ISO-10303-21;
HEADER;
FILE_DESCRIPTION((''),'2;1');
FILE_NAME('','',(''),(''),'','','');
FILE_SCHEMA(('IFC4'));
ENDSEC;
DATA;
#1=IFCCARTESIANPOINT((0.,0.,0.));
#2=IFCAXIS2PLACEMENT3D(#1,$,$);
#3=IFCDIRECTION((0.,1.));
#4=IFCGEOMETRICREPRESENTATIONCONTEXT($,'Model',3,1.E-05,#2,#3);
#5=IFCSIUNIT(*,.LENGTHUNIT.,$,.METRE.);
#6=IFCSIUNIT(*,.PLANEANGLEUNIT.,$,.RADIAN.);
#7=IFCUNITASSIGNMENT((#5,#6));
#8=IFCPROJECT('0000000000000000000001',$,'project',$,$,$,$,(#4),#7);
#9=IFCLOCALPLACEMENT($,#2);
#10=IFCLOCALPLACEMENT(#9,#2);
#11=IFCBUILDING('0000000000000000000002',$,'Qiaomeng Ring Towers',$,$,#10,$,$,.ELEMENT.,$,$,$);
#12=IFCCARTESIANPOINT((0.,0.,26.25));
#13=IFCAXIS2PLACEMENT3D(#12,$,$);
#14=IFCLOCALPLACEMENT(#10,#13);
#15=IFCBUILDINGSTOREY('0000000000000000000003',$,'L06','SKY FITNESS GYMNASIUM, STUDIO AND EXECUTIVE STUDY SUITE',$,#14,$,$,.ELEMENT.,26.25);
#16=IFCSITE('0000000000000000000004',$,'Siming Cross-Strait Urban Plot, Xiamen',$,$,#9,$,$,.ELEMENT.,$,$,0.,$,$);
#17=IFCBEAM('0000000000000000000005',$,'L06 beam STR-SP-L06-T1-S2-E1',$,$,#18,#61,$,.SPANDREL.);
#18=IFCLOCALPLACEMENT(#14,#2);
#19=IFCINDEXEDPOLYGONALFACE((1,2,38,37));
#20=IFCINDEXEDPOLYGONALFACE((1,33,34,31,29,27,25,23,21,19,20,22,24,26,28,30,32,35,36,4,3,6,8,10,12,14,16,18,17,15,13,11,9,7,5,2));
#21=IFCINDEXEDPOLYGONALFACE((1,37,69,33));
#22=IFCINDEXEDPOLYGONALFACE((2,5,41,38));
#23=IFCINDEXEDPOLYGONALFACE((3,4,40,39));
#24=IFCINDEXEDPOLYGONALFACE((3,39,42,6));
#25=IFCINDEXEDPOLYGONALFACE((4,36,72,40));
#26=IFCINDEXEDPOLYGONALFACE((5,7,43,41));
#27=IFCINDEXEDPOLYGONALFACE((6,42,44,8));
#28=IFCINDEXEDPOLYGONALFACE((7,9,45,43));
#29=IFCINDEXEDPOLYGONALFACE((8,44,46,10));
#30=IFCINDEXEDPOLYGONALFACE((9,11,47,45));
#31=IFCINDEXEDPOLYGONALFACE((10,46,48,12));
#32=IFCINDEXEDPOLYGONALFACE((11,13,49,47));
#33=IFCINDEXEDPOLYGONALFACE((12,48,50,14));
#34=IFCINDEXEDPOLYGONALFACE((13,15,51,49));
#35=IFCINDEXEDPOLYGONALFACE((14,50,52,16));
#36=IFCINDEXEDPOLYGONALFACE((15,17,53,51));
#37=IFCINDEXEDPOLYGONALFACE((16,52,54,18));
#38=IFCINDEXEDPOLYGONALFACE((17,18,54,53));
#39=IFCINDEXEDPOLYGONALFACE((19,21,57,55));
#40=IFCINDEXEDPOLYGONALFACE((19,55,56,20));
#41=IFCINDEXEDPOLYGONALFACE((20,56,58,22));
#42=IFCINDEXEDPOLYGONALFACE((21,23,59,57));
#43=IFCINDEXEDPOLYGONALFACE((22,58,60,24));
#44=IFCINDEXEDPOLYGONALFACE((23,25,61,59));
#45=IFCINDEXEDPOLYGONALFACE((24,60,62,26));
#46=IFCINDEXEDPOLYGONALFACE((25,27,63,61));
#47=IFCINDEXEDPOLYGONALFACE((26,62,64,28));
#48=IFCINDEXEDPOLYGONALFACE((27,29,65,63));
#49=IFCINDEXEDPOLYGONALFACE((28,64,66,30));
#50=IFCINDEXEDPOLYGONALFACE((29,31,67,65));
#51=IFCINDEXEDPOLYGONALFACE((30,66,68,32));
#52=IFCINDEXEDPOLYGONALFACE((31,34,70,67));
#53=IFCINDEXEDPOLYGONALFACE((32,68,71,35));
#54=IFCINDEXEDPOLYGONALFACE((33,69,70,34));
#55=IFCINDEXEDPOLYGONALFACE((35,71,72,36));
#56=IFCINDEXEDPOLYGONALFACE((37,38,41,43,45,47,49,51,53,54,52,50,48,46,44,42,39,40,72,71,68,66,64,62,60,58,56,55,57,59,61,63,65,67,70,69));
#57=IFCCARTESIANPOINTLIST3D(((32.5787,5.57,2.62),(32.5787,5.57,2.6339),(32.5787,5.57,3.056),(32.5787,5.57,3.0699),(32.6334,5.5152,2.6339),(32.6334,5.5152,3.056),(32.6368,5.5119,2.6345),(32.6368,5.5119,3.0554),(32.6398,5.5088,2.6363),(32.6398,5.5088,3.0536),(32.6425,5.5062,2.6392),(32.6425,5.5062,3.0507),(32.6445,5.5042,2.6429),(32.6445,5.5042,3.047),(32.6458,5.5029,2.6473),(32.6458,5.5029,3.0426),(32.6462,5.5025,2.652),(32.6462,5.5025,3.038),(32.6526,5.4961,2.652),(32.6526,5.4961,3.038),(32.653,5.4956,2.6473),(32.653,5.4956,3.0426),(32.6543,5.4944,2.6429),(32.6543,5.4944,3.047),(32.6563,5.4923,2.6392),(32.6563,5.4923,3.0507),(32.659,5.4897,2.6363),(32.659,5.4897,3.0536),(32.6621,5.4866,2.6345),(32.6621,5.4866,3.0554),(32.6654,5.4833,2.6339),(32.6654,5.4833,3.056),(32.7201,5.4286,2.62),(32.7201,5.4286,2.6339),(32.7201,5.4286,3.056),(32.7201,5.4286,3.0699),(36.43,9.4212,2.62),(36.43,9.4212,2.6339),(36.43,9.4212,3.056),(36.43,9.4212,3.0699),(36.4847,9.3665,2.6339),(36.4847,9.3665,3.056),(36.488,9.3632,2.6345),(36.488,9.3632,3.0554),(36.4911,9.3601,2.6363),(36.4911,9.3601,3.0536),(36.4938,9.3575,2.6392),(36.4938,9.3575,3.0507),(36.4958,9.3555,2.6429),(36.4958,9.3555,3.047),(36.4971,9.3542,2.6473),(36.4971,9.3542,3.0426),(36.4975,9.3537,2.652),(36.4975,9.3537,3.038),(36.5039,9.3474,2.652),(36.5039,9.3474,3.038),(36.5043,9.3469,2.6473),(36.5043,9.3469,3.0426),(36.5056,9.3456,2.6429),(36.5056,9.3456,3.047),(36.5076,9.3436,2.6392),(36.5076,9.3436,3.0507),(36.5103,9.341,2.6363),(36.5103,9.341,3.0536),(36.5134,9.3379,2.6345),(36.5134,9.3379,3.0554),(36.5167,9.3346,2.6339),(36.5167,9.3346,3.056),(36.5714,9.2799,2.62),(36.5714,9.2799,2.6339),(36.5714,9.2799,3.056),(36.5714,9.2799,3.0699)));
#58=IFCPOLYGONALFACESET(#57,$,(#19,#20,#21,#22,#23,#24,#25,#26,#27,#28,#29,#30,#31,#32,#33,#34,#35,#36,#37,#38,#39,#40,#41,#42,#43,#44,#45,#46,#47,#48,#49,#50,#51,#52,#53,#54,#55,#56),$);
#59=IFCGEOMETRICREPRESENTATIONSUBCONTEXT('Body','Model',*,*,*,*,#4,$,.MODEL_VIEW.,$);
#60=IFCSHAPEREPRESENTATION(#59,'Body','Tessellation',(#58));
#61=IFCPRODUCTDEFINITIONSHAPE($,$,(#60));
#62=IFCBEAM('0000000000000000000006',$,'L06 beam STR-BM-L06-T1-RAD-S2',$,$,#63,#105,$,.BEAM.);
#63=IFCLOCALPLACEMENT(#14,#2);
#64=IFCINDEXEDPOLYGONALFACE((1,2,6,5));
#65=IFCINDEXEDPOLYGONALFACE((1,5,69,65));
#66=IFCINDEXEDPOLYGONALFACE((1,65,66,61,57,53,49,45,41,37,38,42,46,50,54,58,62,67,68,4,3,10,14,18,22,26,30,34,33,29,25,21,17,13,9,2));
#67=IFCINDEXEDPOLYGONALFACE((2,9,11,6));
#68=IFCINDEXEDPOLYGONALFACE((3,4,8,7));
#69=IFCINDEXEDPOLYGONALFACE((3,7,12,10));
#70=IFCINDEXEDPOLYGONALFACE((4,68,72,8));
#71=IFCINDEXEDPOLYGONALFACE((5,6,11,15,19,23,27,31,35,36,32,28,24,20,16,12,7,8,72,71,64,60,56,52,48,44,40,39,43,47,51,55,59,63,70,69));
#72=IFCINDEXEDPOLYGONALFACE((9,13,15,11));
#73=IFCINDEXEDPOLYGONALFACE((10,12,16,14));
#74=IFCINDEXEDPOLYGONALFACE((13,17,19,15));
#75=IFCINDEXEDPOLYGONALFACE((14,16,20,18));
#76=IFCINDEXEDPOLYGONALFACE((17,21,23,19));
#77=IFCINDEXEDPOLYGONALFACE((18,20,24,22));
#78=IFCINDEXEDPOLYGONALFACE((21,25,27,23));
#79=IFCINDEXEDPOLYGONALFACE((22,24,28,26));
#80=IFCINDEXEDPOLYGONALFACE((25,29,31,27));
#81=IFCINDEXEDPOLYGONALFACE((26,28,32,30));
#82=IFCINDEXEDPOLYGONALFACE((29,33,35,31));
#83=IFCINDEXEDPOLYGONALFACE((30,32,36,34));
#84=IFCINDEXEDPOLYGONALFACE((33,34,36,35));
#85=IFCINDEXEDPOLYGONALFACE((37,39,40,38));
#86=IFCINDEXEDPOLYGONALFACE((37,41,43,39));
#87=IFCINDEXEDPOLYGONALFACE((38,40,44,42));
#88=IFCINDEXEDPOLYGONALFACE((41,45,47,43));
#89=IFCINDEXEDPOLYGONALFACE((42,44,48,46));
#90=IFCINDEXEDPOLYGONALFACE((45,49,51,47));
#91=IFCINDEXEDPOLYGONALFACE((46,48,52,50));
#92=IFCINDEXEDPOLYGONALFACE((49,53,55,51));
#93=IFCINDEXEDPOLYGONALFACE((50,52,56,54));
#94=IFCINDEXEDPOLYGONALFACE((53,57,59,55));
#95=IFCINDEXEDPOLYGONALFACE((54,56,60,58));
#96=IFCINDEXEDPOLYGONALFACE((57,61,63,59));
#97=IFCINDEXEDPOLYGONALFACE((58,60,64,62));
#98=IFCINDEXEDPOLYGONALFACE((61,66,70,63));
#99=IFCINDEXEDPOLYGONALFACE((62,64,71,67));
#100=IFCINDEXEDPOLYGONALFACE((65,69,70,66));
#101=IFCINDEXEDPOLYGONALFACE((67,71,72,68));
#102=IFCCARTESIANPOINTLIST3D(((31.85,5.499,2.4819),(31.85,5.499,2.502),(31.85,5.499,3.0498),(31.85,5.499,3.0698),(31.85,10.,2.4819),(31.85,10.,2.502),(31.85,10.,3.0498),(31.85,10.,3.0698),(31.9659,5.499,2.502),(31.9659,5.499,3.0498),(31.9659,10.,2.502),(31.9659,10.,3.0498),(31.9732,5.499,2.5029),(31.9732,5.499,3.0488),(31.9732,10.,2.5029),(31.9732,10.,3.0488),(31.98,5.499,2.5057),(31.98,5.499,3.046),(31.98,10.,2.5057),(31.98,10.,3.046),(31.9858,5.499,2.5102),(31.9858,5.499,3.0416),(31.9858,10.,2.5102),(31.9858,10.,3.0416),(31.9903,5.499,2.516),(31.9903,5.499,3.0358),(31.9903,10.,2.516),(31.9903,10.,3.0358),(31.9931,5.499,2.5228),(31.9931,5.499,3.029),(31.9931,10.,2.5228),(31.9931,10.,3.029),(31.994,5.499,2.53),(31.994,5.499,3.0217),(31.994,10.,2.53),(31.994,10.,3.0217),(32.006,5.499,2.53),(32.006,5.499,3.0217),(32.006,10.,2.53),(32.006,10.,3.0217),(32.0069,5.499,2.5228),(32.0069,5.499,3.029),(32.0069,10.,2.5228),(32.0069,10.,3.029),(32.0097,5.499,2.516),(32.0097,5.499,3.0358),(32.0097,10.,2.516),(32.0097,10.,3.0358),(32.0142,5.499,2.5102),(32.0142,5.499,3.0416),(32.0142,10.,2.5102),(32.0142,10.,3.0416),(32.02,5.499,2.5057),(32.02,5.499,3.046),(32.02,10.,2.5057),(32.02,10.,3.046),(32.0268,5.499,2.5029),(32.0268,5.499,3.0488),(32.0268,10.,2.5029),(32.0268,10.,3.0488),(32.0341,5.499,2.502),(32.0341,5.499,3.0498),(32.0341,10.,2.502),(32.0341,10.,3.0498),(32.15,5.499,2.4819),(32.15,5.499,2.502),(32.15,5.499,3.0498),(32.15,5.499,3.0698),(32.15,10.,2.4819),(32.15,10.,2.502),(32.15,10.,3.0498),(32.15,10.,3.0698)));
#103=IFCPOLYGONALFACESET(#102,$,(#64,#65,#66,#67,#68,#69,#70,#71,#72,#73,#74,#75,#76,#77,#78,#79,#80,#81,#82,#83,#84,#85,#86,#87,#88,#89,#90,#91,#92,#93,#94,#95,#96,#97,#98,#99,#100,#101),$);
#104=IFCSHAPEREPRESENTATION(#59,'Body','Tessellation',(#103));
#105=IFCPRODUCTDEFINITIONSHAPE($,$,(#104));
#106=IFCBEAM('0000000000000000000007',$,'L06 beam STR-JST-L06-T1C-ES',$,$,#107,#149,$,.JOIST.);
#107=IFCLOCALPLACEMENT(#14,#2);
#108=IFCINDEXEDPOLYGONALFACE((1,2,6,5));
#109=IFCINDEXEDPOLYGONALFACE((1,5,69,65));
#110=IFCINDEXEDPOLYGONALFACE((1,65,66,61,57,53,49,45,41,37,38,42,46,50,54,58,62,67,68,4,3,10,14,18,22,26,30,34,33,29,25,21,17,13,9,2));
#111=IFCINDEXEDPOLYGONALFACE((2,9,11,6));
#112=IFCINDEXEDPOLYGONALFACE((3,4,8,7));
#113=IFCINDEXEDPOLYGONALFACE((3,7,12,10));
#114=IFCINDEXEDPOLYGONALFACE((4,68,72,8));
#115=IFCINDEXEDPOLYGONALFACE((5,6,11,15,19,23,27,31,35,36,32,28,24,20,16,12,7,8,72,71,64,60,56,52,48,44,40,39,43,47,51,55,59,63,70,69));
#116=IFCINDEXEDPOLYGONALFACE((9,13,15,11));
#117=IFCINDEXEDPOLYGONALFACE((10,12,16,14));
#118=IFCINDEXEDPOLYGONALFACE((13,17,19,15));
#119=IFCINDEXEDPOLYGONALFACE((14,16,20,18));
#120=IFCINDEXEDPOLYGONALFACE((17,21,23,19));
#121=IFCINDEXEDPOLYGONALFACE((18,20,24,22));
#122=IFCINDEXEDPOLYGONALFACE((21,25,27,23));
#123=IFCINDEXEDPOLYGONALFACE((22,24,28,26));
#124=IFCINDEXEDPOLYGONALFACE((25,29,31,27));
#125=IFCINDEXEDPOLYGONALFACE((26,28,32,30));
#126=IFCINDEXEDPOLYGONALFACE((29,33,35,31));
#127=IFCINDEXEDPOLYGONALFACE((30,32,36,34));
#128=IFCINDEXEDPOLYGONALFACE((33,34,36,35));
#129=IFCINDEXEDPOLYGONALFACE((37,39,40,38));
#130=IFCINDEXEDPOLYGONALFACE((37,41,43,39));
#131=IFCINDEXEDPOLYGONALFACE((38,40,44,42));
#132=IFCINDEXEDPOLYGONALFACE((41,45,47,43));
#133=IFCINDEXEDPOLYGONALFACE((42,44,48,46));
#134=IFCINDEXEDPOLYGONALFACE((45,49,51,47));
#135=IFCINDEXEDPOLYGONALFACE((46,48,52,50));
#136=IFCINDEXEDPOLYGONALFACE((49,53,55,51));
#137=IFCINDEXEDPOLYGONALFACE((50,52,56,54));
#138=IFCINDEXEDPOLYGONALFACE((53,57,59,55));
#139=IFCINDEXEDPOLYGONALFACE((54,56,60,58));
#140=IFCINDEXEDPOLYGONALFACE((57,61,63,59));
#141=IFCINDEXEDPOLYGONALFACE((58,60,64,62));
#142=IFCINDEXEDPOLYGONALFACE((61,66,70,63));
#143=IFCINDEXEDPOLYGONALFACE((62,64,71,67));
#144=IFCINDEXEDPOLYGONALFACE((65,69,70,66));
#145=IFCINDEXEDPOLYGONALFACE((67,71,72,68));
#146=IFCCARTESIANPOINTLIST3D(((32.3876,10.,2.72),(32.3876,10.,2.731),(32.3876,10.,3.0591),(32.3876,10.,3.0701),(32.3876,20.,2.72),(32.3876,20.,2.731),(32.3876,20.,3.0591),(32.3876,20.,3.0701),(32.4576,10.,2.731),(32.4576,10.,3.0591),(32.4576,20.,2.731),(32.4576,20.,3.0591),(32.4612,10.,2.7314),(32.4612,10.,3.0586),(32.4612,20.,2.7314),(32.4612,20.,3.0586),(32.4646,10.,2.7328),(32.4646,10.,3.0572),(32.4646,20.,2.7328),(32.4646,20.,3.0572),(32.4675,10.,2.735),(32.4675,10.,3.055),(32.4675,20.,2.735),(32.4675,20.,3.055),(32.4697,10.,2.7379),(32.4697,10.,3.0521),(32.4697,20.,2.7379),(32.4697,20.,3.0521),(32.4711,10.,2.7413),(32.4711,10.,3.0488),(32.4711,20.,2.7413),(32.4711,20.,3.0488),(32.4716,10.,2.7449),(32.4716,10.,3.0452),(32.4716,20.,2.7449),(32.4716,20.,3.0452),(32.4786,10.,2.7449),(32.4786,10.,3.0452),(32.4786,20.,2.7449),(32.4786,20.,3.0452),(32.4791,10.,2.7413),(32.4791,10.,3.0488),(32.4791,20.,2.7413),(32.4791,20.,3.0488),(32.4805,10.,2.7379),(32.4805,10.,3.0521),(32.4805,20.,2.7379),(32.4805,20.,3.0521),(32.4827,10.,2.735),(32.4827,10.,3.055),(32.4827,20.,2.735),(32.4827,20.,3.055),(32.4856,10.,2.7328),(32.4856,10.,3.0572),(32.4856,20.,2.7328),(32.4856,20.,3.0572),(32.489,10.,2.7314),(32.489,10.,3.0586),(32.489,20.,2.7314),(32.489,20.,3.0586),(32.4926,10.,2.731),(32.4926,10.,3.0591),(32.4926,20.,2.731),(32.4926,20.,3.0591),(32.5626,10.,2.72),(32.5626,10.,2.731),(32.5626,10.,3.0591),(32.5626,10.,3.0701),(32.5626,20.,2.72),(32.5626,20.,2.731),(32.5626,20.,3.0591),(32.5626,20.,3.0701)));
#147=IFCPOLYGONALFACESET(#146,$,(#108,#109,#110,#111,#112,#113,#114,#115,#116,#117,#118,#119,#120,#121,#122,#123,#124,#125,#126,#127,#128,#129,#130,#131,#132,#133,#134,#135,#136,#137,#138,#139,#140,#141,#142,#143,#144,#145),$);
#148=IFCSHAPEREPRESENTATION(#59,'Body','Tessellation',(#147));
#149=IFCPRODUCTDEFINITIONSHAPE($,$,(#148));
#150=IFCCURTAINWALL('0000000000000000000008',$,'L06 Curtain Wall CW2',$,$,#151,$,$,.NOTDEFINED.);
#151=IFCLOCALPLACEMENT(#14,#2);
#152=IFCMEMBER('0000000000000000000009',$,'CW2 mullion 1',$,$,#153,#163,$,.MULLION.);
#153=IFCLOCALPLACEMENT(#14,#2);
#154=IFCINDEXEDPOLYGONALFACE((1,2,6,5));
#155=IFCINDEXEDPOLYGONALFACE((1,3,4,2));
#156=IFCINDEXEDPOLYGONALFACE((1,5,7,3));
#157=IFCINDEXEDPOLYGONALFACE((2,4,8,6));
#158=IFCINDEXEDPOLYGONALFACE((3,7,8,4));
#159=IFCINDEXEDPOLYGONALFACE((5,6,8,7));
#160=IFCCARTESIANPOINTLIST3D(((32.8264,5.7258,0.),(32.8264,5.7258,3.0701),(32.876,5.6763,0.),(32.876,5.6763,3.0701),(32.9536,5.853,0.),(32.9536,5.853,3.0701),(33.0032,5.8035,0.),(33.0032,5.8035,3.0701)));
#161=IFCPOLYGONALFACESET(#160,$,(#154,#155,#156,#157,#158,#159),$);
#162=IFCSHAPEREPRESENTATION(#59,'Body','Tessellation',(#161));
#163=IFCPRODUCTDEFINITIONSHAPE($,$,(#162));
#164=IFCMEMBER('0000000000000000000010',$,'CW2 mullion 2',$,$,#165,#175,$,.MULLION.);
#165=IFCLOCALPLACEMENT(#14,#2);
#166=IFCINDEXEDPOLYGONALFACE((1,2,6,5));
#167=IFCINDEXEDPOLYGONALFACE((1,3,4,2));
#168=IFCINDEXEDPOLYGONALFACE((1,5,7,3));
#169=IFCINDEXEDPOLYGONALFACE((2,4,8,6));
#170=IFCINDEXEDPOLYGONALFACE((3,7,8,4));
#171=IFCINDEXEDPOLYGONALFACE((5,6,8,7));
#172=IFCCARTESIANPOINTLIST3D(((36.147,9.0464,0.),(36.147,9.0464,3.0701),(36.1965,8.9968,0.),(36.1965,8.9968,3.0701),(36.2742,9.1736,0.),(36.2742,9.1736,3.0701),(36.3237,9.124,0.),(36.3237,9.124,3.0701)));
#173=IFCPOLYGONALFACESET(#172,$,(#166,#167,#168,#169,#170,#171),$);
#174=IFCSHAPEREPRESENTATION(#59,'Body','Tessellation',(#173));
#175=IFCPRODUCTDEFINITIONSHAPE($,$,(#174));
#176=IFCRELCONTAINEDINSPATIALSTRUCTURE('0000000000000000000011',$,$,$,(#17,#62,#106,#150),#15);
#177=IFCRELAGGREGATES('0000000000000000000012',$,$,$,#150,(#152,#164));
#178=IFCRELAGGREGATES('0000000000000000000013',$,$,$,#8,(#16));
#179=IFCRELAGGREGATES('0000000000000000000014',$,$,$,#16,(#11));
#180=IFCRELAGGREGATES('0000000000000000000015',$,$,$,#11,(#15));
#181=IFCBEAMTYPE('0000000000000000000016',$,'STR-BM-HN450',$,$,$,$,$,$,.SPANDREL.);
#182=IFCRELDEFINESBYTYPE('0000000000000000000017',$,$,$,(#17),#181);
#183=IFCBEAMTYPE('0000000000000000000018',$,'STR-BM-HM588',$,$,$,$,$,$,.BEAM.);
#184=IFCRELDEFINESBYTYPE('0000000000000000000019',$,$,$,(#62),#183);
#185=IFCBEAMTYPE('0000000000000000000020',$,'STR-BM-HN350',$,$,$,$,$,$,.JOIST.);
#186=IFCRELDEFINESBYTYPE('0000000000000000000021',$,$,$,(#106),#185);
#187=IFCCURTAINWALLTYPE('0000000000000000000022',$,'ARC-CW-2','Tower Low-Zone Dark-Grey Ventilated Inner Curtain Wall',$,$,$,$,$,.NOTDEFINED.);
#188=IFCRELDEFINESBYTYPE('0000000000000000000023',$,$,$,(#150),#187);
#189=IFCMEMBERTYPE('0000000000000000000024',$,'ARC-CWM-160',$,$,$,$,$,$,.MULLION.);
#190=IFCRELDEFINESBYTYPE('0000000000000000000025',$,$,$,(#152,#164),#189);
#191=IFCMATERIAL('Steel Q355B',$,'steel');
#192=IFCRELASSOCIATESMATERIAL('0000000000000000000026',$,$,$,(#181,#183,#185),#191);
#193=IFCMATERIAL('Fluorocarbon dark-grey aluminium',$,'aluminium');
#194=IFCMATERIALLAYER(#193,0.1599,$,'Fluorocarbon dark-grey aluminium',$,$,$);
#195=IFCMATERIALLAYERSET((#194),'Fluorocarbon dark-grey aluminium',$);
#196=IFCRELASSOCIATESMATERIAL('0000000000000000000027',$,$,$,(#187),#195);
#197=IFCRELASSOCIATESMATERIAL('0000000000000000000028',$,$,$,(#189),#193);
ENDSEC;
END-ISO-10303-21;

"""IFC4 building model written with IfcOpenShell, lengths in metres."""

from ifc_helpers import new_model, si_unit, direction, frame, origin, origin_2d, place, context, subcontext, project, spatial, rectangle, i_section, extrude, source, transform, mapped, material, layer, layer_set, material_profile, profile_set, type_object, element, aggregate, save


model = new_model("IFC4")

# Units and contexts
model_context = context("Model", 3, precision=1e-05, world=origin(), true_north=direction((0.0, 1.0)))
body_context = subcontext(model_context, "Body", "Model", "MODEL_VIEW")
ifc_project = project(units=[si_unit("LENGTHUNIT", "METRE"), si_unit("PLANEANGLEUNIT", "RADIAN")], contexts=[model_context])

# Site, building, storey
site_placement = place(None, origin())
site = spatial("IfcSite", under=ifc_project, at=site_placement, Name="Siming Cross-Strait Urban Plot, Xiamen", CompositionType="ELEMENT", RefElevation=0.0)
building_placement = place(site_placement, origin())
building = spatial("IfcBuilding", under=site, at=building_placement, Name="Qiaomeng Ring Towers", CompositionType="ELEMENT")
storey_placement = place(building_placement, frame((0.0, 0.0, 26.25)))
storey = spatial("IfcBuildingStorey", under=building, at=storey_placement, Name="L06", Description="SKY FITNESS GYMNASIUM, STUDIO AND EXECUTIVE STUDY SUITE", CompositionType="ELEMENT", Elevation=26.25)

# Beams
ifc_material_1 = material(Name="Steel Q355B", Category="steel")
ifc_material_profile_1 = material_profile(ifc_material_1, i_section(OverallWidth=0.2, OverallDepth=0.45, WebThickness=0.009, FlangeThickness=0.0139, FilletRadius=0.0181, at=origin_2d()), Name="HN 450x200x9x14")
ifc_profile_set_1 = profile_set([ifc_material_profile_1], Name="Steel Q355B")
beam_type_1 = type_object("IfcBeamType", Name="STR-BM-HN450", PredefinedType="SPANDREL", material=ifc_profile_set_1)
shared_shape_1 = source(origin(), body_context, "Body", "SweptSolid", [
    extrude(i_section(OverallWidth=0.2, OverallDepth=0.45, WebThickness=0.009, FlangeThickness=0.0139, FilletRadius=0.0181, at=origin_2d()), origin(), (0.0, 0.0, 1.0), 5.4465),
])
beam_1_placement = place(storey_placement, frame((32.6494, 5.4993, 2.845), z_axis=(0.707107, 0.707107, 0.0), x_axis=(-0.707107, 0.707107, 0.0)))
element("IfcBeam", 1, at=beam_1_placement, inside=storey, type_object=beam_type_1, Name="L06 beam STR-SP-L06-T1-S2-E1", PredefinedType="SPANDREL", context=body_context, shape_type="MappedRepresentation", body=[
    mapped(shared_shape_1, transform((0.0, 0.0, 0.0), x_axis=(1.0, 0.0, 0.0), y_axis=(0.0, 1.0, 0.0), z_axis=(0.0, 0.0, 1.0), scale=1.0)),
])
ifc_material_profile_2 = material_profile(ifc_material_1, i_section(OverallWidth=0.3, OverallDepth=0.5879, WebThickness=0.012, FlangeThickness=0.02, FilletRadius=0.0281, at=origin_2d()), Name="HM 588x300x12x20")
ifc_profile_set_2 = profile_set([ifc_material_profile_2], Name="Steel Q355B")
beam_type_2 = type_object("IfcBeamType", Name="STR-BM-HM588", PredefinedType="BEAM", material=ifc_profile_set_2)
shared_shape_2 = source(origin(), body_context, "Body", "SweptSolid", [
    extrude(i_section(OverallWidth=0.3, OverallDepth=0.5879, WebThickness=0.012, FlangeThickness=0.02, FilletRadius=0.0281, at=origin_2d()), origin(), (0.0, 0.0, 1.0), 4.501),
])
beam_2_placement = place(storey_placement, frame((32.0, 5.499, 2.7759), z_axis=(0.0, 1.0, 0.0), x_axis=(-1.0, 0.0, 0.0)))
element("IfcBeam", 2, at=beam_2_placement, inside=storey, type_object=beam_type_2, Name="L06 beam STR-BM-L06-T1-RAD-S2", PredefinedType="BEAM", context=body_context, shape_type="MappedRepresentation", body=[
    mapped(shared_shape_2, transform((0.0, 0.0, 0.0), x_axis=(1.0, 0.0, 0.0), y_axis=(0.0, 1.0, 0.0), z_axis=(0.0, 0.0, 1.0), scale=1.0)),
])
ifc_material_profile_3 = material_profile(ifc_material_1, i_section(OverallWidth=0.175, OverallDepth=0.3501, WebThickness=0.0071, FlangeThickness=0.011, FilletRadius=0.0139, at=origin_2d()), Name="HN 350x175x7x11")
ifc_profile_set_3 = profile_set([ifc_material_profile_3], Name="Steel Q355B")
beam_type_3 = type_object("IfcBeamType", Name="STR-BM-HN350", PredefinedType="JOIST", material=ifc_profile_set_3)
shared_shape_3 = source(origin(), body_context, "Body", "SweptSolid", [
    extrude(i_section(OverallWidth=0.175, OverallDepth=0.3501, WebThickness=0.0071, FlangeThickness=0.011, FilletRadius=0.0139, at=origin_2d()), origin(), (0.0, 0.0, 1.0), 10.0),
])
beam_3_placement = place(storey_placement, frame((32.4751, 10.0, 2.895), z_axis=(0.0, 1.0, 0.0), x_axis=(-1.0, 0.0, 0.0)))
element("IfcBeam", 3, at=beam_3_placement, inside=storey, type_object=beam_type_3, Name="L06 beam STR-JST-L06-T1C-ES", PredefinedType="JOIST", context=body_context, shape_type="MappedRepresentation", body=[
    mapped(shared_shape_3, transform((0.0, 0.0, 0.0), x_axis=(1.0, 0.0, 0.0), y_axis=(0.0, 1.0, 0.0), z_axis=(0.0, 0.0, 1.0), scale=1.0)),
])

# Curtain wall, members
ifc_material_2 = material(Name="Fluorocarbon dark-grey aluminium", Category="aluminium")
ifc_layer_1 = layer(ifc_material_2, 0.1599, Name="Fluorocarbon dark-grey aluminium")
ifc_layer_set_1 = layer_set([ifc_layer_1], Name="Fluorocarbon dark-grey aluminium")
curtain_wall_type = type_object("IfcCurtainWallType", Name="ARC-CW-2", Description="Tower Low-Zone Dark-Grey Ventilated Inner Curtain Wall", PredefinedType="NOTDEFINED", material=ifc_layer_set_1)
curtain_wall_placement = place(storey_placement, origin())
curtain_wall = element("IfcCurtainWall", 4, at=curtain_wall_placement, inside=storey, type_object=curtain_wall_type, Name="L06 Curtain Wall CW2", PredefinedType="NOTDEFINED")
ifc_material_profile_4 = material_profile(ifc_material_2, rectangle(XDim=0.0701, YDim=0.1799, at=origin_2d()), Name="ALU MULL 70x180")
ifc_profile_set_4 = profile_set([ifc_material_profile_4], Name="Fluorocarbon dark-grey aluminium")
member_type_1 = type_object("IfcMemberType", Name="ARC-CWM-160", PredefinedType="MULLION", material=ifc_profile_set_4)
shared_shape_4 = source(origin(), body_context, "Body", "SweptSolid", [
    extrude(rectangle(XDim=0.0701, YDim=0.1799, at=origin_2d()), origin(), (0.0, 0.0, 1.0), 3.0701),
])
member_1_placement = place(storey_placement, frame((32.9148, 5.7646, 0.0), z_axis=(0.0, 0.0, 1.0), x_axis=(-0.707107, 0.707107, 0.0)))
member_1 = element("IfcMember", 5, at=member_1_placement, type_object=member_type_1, Name="CW2 mullion 1", PredefinedType="MULLION", context=body_context, shape_type="MappedRepresentation", body=[
    mapped(shared_shape_4, transform((0.0, 0.0, 0.0), x_axis=(1.0, 0.0, 0.0), y_axis=(0.0, 1.0, 0.0), z_axis=(0.0, 0.0, 1.0), scale=1.0)),
])
member_2_placement = place(storey_placement, frame((36.2354, 9.0852, 0.0), z_axis=(0.0, 0.0, 1.0), x_axis=(-0.707107, 0.707107, 0.0)))
member_2 = element("IfcMember", 6, at=member_2_placement, type_object=member_type_1, Name="CW2 mullion 2", PredefinedType="MULLION", context=body_context, shape_type="MappedRepresentation", body=[
    mapped(shared_shape_4, transform((0.0, 0.0, 0.0), x_axis=(1.0, 0.0, 0.0), y_axis=(0.0, 1.0, 0.0), z_axis=(0.0, 0.0, 1.0), scale=1.0)),
])
aggregate(curtain_wall, [member_1, member_2])

save(model, "model.ifc")
